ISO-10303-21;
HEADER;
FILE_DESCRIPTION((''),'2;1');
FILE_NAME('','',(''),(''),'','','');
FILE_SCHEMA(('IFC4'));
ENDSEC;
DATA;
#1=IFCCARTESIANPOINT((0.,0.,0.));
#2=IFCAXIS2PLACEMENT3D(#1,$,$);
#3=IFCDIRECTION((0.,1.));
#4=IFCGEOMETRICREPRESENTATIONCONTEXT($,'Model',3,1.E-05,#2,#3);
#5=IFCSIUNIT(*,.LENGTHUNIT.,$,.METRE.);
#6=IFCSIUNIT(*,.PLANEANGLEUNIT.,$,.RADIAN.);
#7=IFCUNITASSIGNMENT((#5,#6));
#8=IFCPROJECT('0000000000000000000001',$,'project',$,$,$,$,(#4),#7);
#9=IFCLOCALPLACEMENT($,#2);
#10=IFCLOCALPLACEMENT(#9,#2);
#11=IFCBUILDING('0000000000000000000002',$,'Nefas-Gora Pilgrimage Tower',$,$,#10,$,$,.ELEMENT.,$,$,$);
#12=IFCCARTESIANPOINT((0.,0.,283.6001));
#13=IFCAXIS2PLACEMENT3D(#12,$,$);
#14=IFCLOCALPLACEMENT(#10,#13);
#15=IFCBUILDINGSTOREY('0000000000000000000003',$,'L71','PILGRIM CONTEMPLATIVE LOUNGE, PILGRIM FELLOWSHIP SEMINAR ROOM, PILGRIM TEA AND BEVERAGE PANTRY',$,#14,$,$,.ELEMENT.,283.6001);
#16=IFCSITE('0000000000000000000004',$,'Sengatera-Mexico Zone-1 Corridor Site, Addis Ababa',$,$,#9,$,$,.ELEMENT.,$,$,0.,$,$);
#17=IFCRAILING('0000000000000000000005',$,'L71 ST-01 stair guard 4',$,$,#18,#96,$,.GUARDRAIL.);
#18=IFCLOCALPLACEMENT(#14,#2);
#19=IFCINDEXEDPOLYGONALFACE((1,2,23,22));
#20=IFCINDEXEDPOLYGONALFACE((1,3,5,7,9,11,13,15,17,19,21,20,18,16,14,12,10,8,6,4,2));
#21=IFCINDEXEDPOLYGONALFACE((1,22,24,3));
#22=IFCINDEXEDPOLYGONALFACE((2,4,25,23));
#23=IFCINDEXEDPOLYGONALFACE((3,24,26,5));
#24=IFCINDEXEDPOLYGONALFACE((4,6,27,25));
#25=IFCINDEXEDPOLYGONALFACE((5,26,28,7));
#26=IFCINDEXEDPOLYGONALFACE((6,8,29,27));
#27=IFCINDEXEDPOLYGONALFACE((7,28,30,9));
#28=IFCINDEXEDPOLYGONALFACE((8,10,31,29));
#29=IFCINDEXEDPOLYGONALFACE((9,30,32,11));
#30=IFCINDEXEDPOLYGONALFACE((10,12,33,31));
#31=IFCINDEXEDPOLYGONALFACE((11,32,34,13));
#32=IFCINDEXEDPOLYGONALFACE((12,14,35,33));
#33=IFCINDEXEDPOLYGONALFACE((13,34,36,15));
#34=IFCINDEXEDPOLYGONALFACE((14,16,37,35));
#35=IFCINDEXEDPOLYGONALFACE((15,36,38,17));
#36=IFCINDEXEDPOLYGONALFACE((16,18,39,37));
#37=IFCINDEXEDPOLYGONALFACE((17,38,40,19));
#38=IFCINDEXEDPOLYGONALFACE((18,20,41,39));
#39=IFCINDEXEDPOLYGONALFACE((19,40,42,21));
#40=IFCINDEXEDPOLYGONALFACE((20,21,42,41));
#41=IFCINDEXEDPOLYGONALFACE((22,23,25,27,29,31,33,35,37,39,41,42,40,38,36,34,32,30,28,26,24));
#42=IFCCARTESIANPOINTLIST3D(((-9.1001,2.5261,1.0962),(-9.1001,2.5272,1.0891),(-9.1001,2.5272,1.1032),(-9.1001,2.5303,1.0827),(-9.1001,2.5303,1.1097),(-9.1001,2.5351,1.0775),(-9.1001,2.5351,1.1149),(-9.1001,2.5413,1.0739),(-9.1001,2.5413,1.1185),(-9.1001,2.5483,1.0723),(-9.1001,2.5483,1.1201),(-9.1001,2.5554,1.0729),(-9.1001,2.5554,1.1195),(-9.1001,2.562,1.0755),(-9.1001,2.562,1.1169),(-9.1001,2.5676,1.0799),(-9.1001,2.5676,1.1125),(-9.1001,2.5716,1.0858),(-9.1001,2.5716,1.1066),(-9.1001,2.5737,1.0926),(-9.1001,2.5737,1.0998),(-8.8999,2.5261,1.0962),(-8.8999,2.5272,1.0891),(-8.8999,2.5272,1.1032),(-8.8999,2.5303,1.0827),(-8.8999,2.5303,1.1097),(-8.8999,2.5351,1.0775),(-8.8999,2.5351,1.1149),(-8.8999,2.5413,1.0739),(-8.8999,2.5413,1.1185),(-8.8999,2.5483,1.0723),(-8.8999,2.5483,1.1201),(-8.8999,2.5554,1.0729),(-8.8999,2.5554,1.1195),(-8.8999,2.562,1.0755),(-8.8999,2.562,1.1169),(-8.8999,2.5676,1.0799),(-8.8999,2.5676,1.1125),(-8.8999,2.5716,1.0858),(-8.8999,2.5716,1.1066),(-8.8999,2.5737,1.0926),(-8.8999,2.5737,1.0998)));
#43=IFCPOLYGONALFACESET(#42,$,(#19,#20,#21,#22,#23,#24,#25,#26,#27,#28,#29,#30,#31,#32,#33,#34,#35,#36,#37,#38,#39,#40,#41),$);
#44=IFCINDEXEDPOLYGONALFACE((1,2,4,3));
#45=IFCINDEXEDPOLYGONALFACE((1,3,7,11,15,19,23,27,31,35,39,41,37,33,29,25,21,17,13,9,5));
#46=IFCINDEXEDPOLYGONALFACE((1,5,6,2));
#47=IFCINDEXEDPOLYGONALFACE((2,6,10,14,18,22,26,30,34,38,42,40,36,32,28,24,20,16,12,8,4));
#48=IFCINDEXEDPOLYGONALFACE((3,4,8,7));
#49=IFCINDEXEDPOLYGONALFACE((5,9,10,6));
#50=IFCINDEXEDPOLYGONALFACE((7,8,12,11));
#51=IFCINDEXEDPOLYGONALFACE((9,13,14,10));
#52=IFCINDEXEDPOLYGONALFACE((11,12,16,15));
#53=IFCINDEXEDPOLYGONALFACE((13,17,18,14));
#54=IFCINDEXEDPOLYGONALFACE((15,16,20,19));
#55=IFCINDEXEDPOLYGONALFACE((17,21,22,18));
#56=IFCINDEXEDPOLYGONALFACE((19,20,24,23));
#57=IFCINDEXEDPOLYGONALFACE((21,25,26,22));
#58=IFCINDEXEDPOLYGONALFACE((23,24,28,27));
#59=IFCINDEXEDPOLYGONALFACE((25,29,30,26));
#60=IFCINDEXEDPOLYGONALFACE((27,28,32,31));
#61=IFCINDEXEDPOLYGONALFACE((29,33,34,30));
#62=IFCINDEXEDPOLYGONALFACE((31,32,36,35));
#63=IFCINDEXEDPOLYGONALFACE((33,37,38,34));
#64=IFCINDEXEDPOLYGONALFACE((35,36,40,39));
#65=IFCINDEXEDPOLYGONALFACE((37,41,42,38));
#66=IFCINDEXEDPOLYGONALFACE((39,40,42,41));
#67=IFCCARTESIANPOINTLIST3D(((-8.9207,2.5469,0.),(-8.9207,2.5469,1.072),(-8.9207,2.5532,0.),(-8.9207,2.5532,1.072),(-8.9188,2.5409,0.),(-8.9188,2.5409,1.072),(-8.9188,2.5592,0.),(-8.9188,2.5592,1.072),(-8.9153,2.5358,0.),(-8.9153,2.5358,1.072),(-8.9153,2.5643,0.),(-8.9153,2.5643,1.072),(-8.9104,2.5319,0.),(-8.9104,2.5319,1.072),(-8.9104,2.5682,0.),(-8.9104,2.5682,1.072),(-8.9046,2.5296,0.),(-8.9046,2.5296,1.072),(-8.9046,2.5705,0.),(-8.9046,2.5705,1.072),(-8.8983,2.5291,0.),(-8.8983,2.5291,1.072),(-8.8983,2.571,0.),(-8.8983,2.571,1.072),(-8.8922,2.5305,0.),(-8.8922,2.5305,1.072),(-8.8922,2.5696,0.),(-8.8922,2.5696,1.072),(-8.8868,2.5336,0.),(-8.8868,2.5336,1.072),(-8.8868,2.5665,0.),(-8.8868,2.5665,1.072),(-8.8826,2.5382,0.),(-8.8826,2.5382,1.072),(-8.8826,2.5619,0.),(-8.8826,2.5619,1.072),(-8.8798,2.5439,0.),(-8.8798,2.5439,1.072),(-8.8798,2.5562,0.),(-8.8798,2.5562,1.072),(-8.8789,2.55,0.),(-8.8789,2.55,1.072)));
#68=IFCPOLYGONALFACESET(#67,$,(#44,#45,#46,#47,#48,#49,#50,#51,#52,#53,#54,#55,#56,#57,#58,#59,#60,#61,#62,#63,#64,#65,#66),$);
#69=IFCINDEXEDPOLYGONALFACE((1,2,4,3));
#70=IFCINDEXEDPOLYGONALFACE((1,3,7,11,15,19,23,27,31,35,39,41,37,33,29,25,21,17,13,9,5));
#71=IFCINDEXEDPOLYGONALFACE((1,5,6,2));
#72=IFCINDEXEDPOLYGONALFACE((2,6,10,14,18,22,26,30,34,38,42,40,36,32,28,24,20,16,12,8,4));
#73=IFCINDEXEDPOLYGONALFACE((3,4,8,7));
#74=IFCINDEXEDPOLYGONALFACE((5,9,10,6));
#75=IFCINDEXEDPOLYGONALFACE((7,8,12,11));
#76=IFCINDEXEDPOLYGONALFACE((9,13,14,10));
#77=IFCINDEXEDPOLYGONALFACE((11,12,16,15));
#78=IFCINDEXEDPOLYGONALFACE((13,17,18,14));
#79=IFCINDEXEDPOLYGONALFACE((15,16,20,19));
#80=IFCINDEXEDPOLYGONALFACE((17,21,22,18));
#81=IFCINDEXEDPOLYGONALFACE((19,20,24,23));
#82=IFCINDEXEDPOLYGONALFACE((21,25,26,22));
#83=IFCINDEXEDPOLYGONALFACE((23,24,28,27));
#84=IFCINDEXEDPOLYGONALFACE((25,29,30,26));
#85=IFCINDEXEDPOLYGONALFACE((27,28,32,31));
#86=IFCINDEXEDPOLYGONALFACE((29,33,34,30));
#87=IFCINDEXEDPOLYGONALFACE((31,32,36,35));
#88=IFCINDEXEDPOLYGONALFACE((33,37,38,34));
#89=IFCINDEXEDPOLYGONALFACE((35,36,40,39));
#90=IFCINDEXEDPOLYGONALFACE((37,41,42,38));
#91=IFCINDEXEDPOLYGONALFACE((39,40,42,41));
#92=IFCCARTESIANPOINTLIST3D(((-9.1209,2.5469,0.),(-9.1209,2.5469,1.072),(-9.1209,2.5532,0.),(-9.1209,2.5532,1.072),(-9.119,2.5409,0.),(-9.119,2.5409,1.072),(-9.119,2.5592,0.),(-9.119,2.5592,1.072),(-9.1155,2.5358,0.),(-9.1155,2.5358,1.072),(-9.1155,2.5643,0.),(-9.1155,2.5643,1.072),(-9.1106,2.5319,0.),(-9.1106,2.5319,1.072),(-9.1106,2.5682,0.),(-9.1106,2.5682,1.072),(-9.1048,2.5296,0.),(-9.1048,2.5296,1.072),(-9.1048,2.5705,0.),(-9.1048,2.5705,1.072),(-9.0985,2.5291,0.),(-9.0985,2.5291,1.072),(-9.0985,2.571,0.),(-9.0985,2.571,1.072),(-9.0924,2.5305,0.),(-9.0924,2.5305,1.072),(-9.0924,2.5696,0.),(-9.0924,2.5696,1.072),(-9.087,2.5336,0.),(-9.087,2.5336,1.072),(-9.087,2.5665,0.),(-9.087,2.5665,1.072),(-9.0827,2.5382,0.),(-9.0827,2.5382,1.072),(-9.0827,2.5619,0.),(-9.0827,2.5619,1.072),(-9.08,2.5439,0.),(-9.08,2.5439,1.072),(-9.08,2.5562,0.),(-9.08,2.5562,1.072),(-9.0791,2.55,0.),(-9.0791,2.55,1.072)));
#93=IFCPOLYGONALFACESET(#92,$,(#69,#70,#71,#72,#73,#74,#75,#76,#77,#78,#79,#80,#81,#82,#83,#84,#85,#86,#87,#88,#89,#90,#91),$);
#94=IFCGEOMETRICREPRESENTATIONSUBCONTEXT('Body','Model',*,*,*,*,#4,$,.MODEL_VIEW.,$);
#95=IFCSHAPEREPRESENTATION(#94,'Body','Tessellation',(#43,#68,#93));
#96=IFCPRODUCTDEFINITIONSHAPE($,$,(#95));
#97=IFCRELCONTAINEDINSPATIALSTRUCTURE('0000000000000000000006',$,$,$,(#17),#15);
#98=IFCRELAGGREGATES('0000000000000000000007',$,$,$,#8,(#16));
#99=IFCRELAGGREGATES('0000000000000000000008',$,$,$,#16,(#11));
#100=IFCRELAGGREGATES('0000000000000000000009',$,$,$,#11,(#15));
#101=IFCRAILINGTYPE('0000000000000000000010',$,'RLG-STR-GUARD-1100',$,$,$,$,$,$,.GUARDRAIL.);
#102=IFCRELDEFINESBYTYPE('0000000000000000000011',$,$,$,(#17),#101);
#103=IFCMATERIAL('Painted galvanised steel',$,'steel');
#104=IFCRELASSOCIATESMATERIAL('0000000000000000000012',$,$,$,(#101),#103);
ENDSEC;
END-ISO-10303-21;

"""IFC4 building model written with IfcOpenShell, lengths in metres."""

from ifc_helpers import new_model, si_unit, direction, frame, origin, origin_2d, place, context, subcontext, project, spatial, circle, extrude, material, type_object, element, save


model = new_model("IFC4")

# Units and contexts
model_context = context("Model", 3, precision=1e-05, world=origin(), true_north=direction((0.0, 1.0)))
body_context = subcontext(model_context, "Body", "Model", "MODEL_VIEW")
ifc_project = project(units=[si_unit("LENGTHUNIT", "METRE"), si_unit("PLANEANGLEUNIT", "RADIAN")], contexts=[model_context])

# Site, building, storey
site_placement = place(None, origin())
site = spatial("IfcSite", under=ifc_project, at=site_placement, Name="Sengatera-Mexico Zone-1 Corridor Site, Addis Ababa", CompositionType="ELEMENT", RefElevation=0.0)
building_placement = place(site_placement, origin())
building = spatial("IfcBuilding", under=site, at=building_placement, Name="Nefas-Gora Pilgrimage Tower", CompositionType="ELEMENT")
storey_placement = place(building_placement, frame((0.0, 0.0, 283.6001)))
storey = spatial("IfcBuildingStorey", under=building, at=storey_placement, Name="L71", Description="PILGRIM CONTEMPLATIVE LOUNGE, PILGRIM FELLOWSHIP SEMINAR ROOM, PILGRIM TEA AND BEVERAGE PANTRY", CompositionType="ELEMENT", Elevation=283.6001)

# Railing
ifc_material_1 = material(Name="Painted galvanised steel", Category="steel")
railing_type_1 = type_object("IfcRailingType", Name="RLG-STR-GUARD-1100", PredefinedType="GUARDRAIL", material=ifc_material_1)
railing_1_placement = place(storey_placement, frame((-8.8999, 2.55, 0.0)))
element("IfcRailing", 1, at=railing_1_placement, inside=storey, type_object=railing_type_1, Name="L71 ST-01 stair guard 4", PredefinedType="GUARDRAIL", context=body_context, shape_type="SweptSolid", body=[
    extrude(circle(Radius=0.0239, at=origin_2d()), frame((0.0, 0.0, 1.0962), z_axis=(-1.0, 0.0, 0.0), x_axis=(0.0, -1.0, 0.0)), (0.0, 0.0, 1.0), 0.2002),
    extrude(circle(Radius=0.021, at=origin_2d()), origin(), (0.0, 0.0, 1.0), 1.072),
    extrude(circle(Radius=0.021, at=origin_2d()), frame((-0.2002, 0.0, 0.0)), (0.0, 0.0, 1.0), 1.072),
])

save(model, "model.ifc")
